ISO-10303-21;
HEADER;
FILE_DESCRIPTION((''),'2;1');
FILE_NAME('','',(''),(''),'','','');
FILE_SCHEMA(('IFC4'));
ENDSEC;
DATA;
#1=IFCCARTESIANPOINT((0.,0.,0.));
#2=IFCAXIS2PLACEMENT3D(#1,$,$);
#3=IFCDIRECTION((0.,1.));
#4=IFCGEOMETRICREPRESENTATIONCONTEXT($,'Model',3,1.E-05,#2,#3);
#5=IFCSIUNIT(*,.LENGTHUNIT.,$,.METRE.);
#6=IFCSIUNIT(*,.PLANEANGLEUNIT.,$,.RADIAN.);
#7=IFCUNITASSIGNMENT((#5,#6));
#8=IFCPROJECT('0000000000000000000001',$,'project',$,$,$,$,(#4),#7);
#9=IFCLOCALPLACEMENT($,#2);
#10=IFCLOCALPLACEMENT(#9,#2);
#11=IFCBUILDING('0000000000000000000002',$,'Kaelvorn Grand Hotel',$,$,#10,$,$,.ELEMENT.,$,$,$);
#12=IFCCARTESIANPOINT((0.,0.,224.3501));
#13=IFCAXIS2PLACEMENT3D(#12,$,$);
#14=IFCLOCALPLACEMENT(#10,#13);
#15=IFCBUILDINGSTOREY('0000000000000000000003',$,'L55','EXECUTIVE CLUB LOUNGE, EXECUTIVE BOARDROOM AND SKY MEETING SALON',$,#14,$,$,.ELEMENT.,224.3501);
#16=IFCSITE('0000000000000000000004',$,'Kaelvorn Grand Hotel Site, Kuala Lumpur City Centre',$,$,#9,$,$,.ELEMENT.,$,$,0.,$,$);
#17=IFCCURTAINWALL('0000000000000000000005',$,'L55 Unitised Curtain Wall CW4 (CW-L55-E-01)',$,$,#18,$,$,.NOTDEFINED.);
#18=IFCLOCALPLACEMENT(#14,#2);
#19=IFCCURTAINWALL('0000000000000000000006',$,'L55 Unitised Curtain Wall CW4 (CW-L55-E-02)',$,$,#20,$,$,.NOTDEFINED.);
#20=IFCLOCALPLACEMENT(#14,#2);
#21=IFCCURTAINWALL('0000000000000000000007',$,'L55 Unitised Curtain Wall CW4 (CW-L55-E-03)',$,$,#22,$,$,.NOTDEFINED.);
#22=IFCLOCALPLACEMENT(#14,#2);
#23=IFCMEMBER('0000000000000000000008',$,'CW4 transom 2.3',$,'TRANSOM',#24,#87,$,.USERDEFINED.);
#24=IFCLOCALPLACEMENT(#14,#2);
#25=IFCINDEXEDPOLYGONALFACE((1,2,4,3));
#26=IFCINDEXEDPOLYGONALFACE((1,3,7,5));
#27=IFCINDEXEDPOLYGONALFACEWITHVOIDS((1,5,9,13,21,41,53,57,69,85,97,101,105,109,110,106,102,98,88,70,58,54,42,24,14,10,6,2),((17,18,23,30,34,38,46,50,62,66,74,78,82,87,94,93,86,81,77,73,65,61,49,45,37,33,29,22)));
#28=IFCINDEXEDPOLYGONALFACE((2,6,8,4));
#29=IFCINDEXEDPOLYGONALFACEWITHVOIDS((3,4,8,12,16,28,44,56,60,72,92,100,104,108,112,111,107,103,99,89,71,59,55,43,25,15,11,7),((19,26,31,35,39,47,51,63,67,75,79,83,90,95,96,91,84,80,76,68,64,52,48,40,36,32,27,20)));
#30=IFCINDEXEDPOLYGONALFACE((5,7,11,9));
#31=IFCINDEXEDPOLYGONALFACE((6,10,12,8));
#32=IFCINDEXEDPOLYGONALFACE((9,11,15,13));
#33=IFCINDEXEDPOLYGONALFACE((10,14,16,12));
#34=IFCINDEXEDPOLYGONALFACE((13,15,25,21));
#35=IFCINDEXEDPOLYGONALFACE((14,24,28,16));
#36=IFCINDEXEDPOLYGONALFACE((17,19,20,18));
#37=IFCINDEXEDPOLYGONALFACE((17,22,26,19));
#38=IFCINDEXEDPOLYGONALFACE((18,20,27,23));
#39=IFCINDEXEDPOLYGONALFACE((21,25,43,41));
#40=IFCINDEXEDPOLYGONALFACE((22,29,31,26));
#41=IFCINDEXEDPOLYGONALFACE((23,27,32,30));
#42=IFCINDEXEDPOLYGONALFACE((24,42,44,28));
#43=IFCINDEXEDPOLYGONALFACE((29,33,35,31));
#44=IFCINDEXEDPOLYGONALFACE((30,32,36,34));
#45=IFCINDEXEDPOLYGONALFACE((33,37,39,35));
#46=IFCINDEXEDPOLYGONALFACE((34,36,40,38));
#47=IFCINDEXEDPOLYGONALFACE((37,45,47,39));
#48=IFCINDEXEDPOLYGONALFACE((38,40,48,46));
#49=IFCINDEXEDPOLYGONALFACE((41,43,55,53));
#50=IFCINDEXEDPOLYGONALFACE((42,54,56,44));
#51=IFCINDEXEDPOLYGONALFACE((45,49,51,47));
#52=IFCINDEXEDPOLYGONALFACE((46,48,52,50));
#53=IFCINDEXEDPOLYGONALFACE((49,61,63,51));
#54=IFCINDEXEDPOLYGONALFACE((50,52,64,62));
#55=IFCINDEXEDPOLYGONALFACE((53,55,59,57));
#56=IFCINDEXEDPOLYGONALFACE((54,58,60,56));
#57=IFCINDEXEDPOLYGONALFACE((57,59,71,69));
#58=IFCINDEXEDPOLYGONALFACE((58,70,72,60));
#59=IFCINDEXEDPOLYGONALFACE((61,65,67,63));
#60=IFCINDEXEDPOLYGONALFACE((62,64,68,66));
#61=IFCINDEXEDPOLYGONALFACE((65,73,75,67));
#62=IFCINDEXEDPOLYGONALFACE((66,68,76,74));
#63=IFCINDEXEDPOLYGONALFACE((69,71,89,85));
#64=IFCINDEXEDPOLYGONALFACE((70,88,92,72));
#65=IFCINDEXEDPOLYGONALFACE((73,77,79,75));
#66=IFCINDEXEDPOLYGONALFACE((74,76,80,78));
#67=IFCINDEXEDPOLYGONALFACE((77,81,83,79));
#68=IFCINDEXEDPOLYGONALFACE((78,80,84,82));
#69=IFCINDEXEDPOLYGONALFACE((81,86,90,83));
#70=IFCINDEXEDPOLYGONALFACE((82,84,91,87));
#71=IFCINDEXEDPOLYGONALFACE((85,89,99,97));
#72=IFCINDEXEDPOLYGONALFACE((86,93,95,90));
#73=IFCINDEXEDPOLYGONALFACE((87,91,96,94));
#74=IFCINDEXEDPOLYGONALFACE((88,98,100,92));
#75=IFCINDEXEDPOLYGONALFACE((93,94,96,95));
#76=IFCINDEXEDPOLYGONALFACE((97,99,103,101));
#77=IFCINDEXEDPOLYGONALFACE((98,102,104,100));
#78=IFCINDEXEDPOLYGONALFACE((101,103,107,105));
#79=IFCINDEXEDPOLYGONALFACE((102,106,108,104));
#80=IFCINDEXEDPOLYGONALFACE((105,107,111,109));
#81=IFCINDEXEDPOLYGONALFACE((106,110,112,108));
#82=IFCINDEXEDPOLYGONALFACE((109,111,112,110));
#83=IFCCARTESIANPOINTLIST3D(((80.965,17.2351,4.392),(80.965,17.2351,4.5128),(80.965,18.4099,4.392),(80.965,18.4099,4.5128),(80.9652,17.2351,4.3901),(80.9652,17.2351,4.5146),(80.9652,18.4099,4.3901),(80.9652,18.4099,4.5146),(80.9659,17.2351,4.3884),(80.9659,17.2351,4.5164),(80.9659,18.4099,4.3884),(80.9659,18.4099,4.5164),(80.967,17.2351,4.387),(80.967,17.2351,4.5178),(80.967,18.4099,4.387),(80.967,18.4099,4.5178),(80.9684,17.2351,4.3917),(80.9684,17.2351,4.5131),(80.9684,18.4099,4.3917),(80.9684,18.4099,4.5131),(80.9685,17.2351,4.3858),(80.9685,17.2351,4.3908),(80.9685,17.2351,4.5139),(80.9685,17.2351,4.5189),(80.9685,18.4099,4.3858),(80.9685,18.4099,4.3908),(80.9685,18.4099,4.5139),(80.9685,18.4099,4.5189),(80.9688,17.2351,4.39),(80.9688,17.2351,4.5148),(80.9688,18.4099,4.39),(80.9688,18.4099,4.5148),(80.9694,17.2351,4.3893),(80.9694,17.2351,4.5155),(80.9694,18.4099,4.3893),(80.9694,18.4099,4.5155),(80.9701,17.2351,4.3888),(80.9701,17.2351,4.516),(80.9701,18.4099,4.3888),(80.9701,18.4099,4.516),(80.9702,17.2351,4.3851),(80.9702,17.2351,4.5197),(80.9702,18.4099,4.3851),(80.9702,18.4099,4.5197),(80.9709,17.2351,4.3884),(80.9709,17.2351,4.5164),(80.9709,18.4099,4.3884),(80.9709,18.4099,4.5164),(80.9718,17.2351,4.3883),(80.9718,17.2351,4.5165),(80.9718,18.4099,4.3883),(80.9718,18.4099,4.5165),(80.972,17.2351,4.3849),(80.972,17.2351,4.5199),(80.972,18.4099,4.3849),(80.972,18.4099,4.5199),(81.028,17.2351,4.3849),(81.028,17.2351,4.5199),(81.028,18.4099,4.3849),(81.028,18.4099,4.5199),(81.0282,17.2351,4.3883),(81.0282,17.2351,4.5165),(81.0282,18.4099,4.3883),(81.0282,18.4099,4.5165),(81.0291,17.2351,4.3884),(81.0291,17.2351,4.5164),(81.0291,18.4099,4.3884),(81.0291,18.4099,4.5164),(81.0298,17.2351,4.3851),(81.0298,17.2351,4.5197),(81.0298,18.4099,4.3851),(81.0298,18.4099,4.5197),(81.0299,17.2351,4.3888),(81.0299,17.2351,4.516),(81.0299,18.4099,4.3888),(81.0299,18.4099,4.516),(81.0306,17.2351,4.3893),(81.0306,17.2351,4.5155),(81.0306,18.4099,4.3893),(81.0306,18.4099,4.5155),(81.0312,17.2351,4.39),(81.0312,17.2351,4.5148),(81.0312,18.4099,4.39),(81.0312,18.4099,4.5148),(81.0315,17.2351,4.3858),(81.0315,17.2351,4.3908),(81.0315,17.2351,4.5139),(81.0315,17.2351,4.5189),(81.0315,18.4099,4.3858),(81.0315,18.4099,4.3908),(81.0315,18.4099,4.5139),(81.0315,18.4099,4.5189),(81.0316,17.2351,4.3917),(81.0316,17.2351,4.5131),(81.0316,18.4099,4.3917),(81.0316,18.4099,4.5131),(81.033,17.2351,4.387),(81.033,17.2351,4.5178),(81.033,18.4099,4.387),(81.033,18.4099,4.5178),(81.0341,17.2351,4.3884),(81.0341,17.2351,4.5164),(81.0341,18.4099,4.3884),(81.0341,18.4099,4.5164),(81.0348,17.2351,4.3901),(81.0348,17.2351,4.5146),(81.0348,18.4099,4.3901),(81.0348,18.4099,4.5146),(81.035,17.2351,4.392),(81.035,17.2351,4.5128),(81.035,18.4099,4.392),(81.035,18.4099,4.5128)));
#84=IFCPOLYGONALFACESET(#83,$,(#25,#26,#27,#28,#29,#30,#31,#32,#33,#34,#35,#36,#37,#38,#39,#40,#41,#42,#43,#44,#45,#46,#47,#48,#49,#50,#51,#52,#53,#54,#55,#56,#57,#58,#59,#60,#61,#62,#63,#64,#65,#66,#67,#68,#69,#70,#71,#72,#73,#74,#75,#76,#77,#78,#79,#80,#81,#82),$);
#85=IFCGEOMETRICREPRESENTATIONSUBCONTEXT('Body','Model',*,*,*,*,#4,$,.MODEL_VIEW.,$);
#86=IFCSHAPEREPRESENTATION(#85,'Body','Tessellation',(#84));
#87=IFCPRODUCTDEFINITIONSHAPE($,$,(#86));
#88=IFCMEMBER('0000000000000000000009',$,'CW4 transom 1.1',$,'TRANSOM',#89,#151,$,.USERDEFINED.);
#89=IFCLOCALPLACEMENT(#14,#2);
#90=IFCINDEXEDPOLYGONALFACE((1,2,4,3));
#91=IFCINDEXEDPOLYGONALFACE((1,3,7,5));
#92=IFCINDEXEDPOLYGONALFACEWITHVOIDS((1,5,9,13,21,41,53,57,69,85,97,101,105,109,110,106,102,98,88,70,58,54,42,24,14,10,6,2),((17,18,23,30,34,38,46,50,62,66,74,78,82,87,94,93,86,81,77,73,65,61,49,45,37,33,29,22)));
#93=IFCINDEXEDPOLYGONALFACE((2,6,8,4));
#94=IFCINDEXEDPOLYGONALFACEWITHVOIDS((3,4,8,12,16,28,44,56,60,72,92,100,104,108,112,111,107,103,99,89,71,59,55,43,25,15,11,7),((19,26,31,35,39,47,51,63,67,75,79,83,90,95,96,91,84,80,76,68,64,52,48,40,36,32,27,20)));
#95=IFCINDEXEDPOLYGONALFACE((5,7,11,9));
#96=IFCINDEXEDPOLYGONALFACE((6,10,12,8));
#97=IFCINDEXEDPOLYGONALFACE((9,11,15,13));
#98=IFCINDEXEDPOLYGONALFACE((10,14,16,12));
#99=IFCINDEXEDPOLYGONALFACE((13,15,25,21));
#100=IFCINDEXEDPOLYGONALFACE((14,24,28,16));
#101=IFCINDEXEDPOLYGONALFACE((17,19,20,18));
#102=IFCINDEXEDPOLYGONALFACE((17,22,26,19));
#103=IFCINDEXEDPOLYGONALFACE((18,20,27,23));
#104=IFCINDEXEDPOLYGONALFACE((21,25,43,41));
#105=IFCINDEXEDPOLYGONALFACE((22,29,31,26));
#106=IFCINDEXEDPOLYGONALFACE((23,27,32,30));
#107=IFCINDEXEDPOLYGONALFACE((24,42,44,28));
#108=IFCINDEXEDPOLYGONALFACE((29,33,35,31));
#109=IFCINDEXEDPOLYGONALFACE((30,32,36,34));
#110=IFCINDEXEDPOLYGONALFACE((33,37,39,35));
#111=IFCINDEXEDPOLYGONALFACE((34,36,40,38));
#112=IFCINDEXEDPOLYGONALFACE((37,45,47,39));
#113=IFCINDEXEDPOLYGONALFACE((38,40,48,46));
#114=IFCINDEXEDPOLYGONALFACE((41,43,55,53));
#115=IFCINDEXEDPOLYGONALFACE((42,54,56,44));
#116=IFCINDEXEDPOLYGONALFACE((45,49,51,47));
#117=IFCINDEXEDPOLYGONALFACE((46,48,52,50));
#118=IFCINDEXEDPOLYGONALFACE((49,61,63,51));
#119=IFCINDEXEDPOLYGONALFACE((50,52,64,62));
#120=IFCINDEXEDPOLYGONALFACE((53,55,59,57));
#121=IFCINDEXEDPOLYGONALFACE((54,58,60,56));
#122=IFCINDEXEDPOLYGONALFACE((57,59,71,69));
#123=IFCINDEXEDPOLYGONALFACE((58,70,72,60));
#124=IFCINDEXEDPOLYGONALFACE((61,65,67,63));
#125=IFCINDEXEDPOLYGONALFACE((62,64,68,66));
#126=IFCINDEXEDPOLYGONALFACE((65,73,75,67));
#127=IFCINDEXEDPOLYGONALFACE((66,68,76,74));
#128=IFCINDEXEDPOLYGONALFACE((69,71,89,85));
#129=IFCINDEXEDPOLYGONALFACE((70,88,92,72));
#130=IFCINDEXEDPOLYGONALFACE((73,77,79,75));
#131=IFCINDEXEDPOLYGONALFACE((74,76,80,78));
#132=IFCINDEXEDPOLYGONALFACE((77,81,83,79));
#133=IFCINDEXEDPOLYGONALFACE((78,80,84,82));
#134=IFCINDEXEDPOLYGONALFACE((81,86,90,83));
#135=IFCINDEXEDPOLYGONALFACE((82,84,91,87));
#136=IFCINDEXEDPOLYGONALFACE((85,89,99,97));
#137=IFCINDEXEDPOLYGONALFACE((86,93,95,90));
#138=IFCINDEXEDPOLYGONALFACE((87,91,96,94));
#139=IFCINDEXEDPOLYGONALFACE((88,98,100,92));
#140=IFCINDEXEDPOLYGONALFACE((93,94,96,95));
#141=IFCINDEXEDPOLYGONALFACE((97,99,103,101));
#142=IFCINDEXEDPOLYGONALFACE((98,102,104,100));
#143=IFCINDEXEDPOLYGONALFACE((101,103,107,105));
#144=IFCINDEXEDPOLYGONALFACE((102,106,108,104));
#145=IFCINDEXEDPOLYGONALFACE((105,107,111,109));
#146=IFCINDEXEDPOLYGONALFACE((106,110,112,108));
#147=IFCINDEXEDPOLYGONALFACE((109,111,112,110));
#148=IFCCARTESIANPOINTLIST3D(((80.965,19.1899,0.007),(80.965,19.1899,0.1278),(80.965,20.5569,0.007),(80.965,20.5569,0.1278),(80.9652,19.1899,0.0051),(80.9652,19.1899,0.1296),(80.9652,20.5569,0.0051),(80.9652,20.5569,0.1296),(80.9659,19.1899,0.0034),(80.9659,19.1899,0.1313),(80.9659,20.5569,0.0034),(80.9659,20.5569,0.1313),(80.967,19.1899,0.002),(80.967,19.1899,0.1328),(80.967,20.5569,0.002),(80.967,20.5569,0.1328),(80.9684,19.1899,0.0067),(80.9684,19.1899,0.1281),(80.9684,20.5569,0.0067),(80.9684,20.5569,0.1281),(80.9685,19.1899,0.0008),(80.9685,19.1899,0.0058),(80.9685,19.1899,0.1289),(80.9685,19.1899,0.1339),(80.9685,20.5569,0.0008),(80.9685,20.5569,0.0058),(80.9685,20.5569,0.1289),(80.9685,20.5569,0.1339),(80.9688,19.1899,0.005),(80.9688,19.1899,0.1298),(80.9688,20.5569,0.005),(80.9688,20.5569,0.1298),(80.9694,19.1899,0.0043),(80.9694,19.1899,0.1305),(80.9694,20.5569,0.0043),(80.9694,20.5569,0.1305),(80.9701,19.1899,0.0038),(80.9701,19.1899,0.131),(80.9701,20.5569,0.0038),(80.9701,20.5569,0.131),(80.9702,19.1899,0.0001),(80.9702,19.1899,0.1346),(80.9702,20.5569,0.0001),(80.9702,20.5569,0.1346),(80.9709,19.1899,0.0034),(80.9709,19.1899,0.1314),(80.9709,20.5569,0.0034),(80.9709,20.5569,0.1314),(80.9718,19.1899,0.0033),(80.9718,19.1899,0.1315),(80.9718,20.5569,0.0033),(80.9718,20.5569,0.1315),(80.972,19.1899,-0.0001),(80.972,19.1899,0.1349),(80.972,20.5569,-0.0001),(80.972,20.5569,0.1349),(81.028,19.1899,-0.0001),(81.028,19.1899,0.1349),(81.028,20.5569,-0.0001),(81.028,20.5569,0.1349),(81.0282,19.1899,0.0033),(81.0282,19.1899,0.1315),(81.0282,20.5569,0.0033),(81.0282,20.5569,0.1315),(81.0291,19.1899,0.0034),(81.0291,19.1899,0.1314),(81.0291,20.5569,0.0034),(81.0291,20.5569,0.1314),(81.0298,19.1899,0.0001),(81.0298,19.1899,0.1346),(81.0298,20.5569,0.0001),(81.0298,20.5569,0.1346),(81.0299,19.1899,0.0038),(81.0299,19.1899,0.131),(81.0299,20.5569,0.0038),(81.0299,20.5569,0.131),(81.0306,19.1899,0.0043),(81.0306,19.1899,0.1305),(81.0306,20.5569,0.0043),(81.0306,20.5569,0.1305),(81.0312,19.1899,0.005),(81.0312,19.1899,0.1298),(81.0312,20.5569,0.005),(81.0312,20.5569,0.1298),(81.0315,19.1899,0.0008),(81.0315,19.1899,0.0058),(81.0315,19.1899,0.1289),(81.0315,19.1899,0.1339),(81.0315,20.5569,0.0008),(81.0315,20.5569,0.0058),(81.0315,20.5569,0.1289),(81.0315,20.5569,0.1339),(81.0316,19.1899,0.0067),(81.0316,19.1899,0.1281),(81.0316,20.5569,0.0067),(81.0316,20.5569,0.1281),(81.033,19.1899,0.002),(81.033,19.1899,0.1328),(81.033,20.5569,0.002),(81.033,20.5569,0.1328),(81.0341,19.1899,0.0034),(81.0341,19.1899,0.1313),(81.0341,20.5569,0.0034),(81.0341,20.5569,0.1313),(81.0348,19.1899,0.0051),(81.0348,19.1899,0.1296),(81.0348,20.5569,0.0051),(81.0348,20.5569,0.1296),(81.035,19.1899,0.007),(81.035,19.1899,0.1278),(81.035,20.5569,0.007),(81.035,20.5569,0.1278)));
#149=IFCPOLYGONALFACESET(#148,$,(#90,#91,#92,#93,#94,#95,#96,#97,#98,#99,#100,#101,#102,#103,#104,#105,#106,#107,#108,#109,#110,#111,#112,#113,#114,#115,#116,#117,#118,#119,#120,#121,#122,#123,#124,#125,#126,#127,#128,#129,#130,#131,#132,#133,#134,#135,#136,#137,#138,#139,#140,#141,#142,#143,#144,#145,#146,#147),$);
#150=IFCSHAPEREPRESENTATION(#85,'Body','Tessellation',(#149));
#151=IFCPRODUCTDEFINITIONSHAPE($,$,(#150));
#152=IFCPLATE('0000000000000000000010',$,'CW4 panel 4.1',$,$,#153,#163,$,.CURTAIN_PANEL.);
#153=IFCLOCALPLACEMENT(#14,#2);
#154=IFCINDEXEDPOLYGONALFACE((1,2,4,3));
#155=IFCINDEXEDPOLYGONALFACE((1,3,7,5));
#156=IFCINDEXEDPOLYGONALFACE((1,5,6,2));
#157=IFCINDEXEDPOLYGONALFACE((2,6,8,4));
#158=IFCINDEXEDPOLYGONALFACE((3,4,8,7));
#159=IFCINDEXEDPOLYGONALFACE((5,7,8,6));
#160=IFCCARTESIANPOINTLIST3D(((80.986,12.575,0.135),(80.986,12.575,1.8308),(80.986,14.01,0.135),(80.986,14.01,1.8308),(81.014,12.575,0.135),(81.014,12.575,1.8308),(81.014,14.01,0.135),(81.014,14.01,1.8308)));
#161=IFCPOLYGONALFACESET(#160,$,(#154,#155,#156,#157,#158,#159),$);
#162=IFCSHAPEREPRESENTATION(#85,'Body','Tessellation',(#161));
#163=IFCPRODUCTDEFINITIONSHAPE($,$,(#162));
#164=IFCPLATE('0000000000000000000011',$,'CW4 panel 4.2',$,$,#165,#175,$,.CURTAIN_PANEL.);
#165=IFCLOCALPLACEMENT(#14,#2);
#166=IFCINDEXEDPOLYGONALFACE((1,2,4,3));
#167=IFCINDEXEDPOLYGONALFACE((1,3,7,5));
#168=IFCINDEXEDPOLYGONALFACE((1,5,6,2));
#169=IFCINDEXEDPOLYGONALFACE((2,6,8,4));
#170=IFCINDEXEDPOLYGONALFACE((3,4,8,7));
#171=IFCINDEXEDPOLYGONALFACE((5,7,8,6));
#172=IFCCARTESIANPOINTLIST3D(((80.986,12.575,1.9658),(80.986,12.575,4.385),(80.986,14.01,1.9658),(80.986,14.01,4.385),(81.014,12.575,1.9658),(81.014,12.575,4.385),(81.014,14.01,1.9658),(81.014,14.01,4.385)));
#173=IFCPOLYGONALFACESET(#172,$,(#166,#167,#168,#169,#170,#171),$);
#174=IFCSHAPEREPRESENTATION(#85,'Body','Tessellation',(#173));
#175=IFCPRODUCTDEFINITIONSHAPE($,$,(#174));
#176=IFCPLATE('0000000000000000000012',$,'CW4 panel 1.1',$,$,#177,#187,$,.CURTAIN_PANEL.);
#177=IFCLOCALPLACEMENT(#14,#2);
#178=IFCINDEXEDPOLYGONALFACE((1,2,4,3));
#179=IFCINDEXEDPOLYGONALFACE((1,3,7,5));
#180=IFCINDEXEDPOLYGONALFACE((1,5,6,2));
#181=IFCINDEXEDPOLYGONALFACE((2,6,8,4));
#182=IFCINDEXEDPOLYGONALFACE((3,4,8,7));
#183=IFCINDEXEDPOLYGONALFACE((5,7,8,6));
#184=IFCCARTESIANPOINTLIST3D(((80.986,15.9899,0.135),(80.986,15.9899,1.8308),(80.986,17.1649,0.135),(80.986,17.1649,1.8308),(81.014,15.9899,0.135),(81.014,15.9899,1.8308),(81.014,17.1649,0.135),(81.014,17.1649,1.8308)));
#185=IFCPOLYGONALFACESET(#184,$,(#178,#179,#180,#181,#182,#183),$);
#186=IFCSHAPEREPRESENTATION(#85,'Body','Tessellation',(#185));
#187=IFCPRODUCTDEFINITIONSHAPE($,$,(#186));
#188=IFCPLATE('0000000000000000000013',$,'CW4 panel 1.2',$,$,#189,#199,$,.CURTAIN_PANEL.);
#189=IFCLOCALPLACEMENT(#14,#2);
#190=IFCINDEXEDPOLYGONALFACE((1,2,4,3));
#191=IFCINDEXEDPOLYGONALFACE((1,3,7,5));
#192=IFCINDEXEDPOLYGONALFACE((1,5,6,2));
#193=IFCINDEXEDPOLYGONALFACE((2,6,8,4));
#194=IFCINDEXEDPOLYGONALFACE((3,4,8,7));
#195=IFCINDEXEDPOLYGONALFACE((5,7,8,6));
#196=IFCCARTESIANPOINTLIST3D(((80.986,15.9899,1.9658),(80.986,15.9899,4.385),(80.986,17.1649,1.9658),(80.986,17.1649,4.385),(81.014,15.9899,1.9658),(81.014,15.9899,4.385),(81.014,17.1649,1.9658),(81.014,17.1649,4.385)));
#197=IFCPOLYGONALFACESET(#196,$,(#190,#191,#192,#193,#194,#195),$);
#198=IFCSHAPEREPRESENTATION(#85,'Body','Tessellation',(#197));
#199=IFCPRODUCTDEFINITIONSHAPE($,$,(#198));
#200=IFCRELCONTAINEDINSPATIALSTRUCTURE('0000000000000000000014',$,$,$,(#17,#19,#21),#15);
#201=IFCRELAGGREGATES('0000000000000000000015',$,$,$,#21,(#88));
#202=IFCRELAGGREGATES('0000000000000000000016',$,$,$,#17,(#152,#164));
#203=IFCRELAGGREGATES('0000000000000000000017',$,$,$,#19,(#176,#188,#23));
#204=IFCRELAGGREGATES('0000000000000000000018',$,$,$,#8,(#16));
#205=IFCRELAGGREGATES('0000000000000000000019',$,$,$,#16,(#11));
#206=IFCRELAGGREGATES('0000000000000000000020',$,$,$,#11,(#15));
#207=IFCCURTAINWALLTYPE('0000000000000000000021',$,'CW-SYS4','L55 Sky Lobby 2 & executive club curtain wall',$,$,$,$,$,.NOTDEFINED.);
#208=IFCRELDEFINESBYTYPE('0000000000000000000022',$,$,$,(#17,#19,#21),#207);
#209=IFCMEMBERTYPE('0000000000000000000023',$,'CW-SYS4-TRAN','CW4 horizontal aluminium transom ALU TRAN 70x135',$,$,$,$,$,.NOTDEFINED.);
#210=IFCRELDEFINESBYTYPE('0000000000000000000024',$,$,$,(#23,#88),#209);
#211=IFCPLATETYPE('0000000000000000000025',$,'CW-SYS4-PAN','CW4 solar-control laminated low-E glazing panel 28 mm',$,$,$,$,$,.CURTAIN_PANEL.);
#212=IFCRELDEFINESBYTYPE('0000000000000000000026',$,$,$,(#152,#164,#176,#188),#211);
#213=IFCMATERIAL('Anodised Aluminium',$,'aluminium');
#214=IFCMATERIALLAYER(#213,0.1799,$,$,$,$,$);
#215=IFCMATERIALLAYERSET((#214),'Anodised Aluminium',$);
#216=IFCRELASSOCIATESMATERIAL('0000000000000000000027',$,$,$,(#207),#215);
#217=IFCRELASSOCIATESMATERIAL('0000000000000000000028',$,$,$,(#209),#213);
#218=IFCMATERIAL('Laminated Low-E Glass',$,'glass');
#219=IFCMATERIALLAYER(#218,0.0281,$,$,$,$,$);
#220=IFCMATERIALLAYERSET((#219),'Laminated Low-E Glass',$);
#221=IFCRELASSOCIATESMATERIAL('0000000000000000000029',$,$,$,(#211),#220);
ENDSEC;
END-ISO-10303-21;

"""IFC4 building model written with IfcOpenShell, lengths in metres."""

from ifc_helpers import new_model, si_unit, direction, frame, origin, origin_2d, place, context, subcontext, project, spatial, rectangle, hollow_rectangle, extrude, material, layer, layer_set, material_profile, profile_set, type_object, element, aggregate, save


model = new_model("IFC4")

# Units and contexts
model_context = context("Model", 3, precision=1e-05, world=origin(), true_north=direction((0.0, 1.0)))
body_context = subcontext(model_context, "Body", "Model", "MODEL_VIEW")
ifc_project = project(units=[si_unit("LENGTHUNIT", "METRE"), si_unit("PLANEANGLEUNIT", "RADIAN")], contexts=[model_context])

# Site, building, storey
site_placement = place(None, origin())
site = spatial("IfcSite", under=ifc_project, at=site_placement, Name="Kaelvorn Grand Hotel Site, Kuala Lumpur City Centre", CompositionType="ELEMENT", RefElevation=0.0)
building_placement = place(site_placement, origin())
building = spatial("IfcBuilding", under=site, at=building_placement, Name="Kaelvorn Grand Hotel", CompositionType="ELEMENT")
storey_placement = place(building_placement, frame((0.0, 0.0, 224.3501)))
storey = spatial("IfcBuildingStorey", under=building, at=storey_placement, Name="L55", Description="EXECUTIVE CLUB LOUNGE, EXECUTIVE BOARDROOM AND SKY MEETING SALON", CompositionType="ELEMENT", Elevation=224.3501)

# Curtain wall
ifc_material_1 = material(Name="Anodised Aluminium", Category="aluminium")
ifc_layer_1 = layer(ifc_material_1, 0.1799)
ifc_layer_set_1 = layer_set([ifc_layer_1], Name="Anodised Aluminium")
curtain_wall_type = type_object("IfcCurtainWallType", Name="CW-SYS4", Description="L55 Sky Lobby 2 & executive club curtain wall", PredefinedType="NOTDEFINED", material=ifc_layer_set_1)
curtain_wall_1_placement = place(storey_placement, origin())
curtain_wall_1 = element("IfcCurtainWall", 1, at=curtain_wall_1_placement, inside=storey, type_object=curtain_wall_type, Name="L55 Unitised Curtain Wall CW4 (CW-L55-E-01)", PredefinedType="NOTDEFINED")

# Curtain wall
curtain_wall_2_placement = place(storey_placement, origin())
curtain_wall_2 = element("IfcCurtainWall", 2, at=curtain_wall_2_placement, inside=storey, type_object=curtain_wall_type, Name="L55 Unitised Curtain Wall CW4 (CW-L55-E-02)", PredefinedType="NOTDEFINED")

# Curtain wall
curtain_wall_3_placement = place(storey_placement, origin())
curtain_wall_3 = element("IfcCurtainWall", 3, at=curtain_wall_3_placement, inside=storey, type_object=curtain_wall_type, Name="L55 Unitised Curtain Wall CW4 (CW-L55-E-03)", PredefinedType="NOTDEFINED")

# Members
ifc_material_profile_1 = material_profile(ifc_material_1, hollow_rectangle(XDim=0.0701, YDim=0.135, WallThickness=0.0034, InnerFilletRadius=0.0034, OuterFilletRadius=0.0071, at=origin_2d()), Name="ALU TRAN 70x135")
ifc_profile_set_1 = profile_set([ifc_material_profile_1], Name="Anodised Aluminium")
member_type_1 = type_object("IfcMemberType", Name="CW-SYS4-TRAN", Description="CW4 horizontal aluminium transom ALU TRAN 70x135", PredefinedType="NOTDEFINED", material=ifc_profile_set_1)
member_1_placement = place(storey_placement, frame((81.0, 17.2351, 4.4524), z_axis=(0.0, 1.0, 0.0), x_axis=(-1.0, 0.0, 0.0)))
member_1 = element("IfcMember", 4, at=member_1_placement, type_object=member_type_1, Name="CW4 transom 2.3", ObjectType="TRANSOM", PredefinedType="USERDEFINED", context=body_context, shape_type="SweptSolid", body=[
    extrude(hollow_rectangle(XDim=0.0701, YDim=0.135, WallThickness=0.0034, InnerFilletRadius=0.0034, OuterFilletRadius=0.0071, at=origin_2d()), origin(), (0.0, 0.0, 1.0), 1.1748),
])
member_2_placement = place(storey_placement, frame((81.0, 19.1899, 0.0674), z_axis=(0.0, 1.0, 0.0), x_axis=(-1.0, 0.0, 0.0)))
member_2 = element("IfcMember", 5, at=member_2_placement, type_object=member_type_1, Name="CW4 transom 1.1", ObjectType="TRANSOM", PredefinedType="USERDEFINED", context=body_context, shape_type="SweptSolid", body=[
    extrude(hollow_rectangle(XDim=0.0701, YDim=0.135, WallThickness=0.0034, InnerFilletRadius=0.0034, OuterFilletRadius=0.0071, at=origin_2d()), origin(), (0.0, 0.0, 1.0), 1.3669),
])
aggregate(curtain_wall_3, [member_2])

# Plates
ifc_material_2 = material(Name="Laminated Low-E Glass", Category="glass")
ifc_layer_2 = layer(ifc_material_2, 0.0281)
ifc_layer_set_2 = layer_set([ifc_layer_2], Name="Laminated Low-E Glass")
plate_type = type_object("IfcPlateType", Name="CW-SYS4-PAN", Description="CW4 solar-control laminated low-E glazing panel 28 mm", PredefinedType="CURTAIN_PANEL", material=ifc_layer_set_2)
plate_1_placement = place(storey_placement, frame((81.0, 13.2925, 0.135), z_axis=(0.0, 0.0, 1.0), x_axis=(0.0, 1.0, 0.0)))
plate_1 = element("IfcPlate", 6, at=plate_1_placement, type_object=plate_type, Name="CW4 panel 4.1", PredefinedType="CURTAIN_PANEL", context=body_context, shape_type="SweptSolid", body=[
    extrude(rectangle(XDim=1.4351, YDim=0.0281, at=origin_2d()), origin(), (0.0, 0.0, 1.0), 1.6958),
])
plate_2_placement = place(storey_placement, frame((81.0, 13.2925, 1.9658), z_axis=(0.0, 0.0, 1.0), x_axis=(0.0, 1.0, 0.0)))
plate_2 = element("IfcPlate", 7, at=plate_2_placement, type_object=plate_type, Name="CW4 panel 4.2", PredefinedType="CURTAIN_PANEL", context=body_context, shape_type="SweptSolid", body=[
    extrude(rectangle(XDim=1.4351, YDim=0.0281, at=origin_2d()), origin(), (0.0, 0.0, 1.0), 2.4192),
])
aggregate(curtain_wall_1, [plate_1, plate_2])
plate_3_placement = place(storey_placement, frame((81.0, 16.5774, 0.135), z_axis=(0.0, 0.0, 1.0), x_axis=(0.0, 1.0, 0.0)))
plate_3 = element("IfcPlate", 8, at=plate_3_placement, type_object=plate_type, Name="CW4 panel 1.1", PredefinedType="CURTAIN_PANEL", context=body_context, shape_type="SweptSolid", body=[
    extrude(rectangle(XDim=1.175, YDim=0.0281, at=origin_2d()), origin(), (0.0, 0.0, 1.0), 1.6958),
])
plate_4_placement = place(storey_placement, frame((81.0, 16.5774, 1.9658), z_axis=(0.0, 0.0, 1.0), x_axis=(0.0, 1.0, 0.0)))
plate_4 = element("IfcPlate", 9, at=plate_4_placement, type_object=plate_type, Name="CW4 panel 1.2", PredefinedType="CURTAIN_PANEL", context=body_context, shape_type="SweptSolid", body=[
    extrude(rectangle(XDim=1.175, YDim=0.0281, at=origin_2d()), origin(), (0.0, 0.0, 1.0), 2.4192),
])
aggregate(curtain_wall_2, [plate_3, plate_4, member_1])

save(model, "model.ifc")
